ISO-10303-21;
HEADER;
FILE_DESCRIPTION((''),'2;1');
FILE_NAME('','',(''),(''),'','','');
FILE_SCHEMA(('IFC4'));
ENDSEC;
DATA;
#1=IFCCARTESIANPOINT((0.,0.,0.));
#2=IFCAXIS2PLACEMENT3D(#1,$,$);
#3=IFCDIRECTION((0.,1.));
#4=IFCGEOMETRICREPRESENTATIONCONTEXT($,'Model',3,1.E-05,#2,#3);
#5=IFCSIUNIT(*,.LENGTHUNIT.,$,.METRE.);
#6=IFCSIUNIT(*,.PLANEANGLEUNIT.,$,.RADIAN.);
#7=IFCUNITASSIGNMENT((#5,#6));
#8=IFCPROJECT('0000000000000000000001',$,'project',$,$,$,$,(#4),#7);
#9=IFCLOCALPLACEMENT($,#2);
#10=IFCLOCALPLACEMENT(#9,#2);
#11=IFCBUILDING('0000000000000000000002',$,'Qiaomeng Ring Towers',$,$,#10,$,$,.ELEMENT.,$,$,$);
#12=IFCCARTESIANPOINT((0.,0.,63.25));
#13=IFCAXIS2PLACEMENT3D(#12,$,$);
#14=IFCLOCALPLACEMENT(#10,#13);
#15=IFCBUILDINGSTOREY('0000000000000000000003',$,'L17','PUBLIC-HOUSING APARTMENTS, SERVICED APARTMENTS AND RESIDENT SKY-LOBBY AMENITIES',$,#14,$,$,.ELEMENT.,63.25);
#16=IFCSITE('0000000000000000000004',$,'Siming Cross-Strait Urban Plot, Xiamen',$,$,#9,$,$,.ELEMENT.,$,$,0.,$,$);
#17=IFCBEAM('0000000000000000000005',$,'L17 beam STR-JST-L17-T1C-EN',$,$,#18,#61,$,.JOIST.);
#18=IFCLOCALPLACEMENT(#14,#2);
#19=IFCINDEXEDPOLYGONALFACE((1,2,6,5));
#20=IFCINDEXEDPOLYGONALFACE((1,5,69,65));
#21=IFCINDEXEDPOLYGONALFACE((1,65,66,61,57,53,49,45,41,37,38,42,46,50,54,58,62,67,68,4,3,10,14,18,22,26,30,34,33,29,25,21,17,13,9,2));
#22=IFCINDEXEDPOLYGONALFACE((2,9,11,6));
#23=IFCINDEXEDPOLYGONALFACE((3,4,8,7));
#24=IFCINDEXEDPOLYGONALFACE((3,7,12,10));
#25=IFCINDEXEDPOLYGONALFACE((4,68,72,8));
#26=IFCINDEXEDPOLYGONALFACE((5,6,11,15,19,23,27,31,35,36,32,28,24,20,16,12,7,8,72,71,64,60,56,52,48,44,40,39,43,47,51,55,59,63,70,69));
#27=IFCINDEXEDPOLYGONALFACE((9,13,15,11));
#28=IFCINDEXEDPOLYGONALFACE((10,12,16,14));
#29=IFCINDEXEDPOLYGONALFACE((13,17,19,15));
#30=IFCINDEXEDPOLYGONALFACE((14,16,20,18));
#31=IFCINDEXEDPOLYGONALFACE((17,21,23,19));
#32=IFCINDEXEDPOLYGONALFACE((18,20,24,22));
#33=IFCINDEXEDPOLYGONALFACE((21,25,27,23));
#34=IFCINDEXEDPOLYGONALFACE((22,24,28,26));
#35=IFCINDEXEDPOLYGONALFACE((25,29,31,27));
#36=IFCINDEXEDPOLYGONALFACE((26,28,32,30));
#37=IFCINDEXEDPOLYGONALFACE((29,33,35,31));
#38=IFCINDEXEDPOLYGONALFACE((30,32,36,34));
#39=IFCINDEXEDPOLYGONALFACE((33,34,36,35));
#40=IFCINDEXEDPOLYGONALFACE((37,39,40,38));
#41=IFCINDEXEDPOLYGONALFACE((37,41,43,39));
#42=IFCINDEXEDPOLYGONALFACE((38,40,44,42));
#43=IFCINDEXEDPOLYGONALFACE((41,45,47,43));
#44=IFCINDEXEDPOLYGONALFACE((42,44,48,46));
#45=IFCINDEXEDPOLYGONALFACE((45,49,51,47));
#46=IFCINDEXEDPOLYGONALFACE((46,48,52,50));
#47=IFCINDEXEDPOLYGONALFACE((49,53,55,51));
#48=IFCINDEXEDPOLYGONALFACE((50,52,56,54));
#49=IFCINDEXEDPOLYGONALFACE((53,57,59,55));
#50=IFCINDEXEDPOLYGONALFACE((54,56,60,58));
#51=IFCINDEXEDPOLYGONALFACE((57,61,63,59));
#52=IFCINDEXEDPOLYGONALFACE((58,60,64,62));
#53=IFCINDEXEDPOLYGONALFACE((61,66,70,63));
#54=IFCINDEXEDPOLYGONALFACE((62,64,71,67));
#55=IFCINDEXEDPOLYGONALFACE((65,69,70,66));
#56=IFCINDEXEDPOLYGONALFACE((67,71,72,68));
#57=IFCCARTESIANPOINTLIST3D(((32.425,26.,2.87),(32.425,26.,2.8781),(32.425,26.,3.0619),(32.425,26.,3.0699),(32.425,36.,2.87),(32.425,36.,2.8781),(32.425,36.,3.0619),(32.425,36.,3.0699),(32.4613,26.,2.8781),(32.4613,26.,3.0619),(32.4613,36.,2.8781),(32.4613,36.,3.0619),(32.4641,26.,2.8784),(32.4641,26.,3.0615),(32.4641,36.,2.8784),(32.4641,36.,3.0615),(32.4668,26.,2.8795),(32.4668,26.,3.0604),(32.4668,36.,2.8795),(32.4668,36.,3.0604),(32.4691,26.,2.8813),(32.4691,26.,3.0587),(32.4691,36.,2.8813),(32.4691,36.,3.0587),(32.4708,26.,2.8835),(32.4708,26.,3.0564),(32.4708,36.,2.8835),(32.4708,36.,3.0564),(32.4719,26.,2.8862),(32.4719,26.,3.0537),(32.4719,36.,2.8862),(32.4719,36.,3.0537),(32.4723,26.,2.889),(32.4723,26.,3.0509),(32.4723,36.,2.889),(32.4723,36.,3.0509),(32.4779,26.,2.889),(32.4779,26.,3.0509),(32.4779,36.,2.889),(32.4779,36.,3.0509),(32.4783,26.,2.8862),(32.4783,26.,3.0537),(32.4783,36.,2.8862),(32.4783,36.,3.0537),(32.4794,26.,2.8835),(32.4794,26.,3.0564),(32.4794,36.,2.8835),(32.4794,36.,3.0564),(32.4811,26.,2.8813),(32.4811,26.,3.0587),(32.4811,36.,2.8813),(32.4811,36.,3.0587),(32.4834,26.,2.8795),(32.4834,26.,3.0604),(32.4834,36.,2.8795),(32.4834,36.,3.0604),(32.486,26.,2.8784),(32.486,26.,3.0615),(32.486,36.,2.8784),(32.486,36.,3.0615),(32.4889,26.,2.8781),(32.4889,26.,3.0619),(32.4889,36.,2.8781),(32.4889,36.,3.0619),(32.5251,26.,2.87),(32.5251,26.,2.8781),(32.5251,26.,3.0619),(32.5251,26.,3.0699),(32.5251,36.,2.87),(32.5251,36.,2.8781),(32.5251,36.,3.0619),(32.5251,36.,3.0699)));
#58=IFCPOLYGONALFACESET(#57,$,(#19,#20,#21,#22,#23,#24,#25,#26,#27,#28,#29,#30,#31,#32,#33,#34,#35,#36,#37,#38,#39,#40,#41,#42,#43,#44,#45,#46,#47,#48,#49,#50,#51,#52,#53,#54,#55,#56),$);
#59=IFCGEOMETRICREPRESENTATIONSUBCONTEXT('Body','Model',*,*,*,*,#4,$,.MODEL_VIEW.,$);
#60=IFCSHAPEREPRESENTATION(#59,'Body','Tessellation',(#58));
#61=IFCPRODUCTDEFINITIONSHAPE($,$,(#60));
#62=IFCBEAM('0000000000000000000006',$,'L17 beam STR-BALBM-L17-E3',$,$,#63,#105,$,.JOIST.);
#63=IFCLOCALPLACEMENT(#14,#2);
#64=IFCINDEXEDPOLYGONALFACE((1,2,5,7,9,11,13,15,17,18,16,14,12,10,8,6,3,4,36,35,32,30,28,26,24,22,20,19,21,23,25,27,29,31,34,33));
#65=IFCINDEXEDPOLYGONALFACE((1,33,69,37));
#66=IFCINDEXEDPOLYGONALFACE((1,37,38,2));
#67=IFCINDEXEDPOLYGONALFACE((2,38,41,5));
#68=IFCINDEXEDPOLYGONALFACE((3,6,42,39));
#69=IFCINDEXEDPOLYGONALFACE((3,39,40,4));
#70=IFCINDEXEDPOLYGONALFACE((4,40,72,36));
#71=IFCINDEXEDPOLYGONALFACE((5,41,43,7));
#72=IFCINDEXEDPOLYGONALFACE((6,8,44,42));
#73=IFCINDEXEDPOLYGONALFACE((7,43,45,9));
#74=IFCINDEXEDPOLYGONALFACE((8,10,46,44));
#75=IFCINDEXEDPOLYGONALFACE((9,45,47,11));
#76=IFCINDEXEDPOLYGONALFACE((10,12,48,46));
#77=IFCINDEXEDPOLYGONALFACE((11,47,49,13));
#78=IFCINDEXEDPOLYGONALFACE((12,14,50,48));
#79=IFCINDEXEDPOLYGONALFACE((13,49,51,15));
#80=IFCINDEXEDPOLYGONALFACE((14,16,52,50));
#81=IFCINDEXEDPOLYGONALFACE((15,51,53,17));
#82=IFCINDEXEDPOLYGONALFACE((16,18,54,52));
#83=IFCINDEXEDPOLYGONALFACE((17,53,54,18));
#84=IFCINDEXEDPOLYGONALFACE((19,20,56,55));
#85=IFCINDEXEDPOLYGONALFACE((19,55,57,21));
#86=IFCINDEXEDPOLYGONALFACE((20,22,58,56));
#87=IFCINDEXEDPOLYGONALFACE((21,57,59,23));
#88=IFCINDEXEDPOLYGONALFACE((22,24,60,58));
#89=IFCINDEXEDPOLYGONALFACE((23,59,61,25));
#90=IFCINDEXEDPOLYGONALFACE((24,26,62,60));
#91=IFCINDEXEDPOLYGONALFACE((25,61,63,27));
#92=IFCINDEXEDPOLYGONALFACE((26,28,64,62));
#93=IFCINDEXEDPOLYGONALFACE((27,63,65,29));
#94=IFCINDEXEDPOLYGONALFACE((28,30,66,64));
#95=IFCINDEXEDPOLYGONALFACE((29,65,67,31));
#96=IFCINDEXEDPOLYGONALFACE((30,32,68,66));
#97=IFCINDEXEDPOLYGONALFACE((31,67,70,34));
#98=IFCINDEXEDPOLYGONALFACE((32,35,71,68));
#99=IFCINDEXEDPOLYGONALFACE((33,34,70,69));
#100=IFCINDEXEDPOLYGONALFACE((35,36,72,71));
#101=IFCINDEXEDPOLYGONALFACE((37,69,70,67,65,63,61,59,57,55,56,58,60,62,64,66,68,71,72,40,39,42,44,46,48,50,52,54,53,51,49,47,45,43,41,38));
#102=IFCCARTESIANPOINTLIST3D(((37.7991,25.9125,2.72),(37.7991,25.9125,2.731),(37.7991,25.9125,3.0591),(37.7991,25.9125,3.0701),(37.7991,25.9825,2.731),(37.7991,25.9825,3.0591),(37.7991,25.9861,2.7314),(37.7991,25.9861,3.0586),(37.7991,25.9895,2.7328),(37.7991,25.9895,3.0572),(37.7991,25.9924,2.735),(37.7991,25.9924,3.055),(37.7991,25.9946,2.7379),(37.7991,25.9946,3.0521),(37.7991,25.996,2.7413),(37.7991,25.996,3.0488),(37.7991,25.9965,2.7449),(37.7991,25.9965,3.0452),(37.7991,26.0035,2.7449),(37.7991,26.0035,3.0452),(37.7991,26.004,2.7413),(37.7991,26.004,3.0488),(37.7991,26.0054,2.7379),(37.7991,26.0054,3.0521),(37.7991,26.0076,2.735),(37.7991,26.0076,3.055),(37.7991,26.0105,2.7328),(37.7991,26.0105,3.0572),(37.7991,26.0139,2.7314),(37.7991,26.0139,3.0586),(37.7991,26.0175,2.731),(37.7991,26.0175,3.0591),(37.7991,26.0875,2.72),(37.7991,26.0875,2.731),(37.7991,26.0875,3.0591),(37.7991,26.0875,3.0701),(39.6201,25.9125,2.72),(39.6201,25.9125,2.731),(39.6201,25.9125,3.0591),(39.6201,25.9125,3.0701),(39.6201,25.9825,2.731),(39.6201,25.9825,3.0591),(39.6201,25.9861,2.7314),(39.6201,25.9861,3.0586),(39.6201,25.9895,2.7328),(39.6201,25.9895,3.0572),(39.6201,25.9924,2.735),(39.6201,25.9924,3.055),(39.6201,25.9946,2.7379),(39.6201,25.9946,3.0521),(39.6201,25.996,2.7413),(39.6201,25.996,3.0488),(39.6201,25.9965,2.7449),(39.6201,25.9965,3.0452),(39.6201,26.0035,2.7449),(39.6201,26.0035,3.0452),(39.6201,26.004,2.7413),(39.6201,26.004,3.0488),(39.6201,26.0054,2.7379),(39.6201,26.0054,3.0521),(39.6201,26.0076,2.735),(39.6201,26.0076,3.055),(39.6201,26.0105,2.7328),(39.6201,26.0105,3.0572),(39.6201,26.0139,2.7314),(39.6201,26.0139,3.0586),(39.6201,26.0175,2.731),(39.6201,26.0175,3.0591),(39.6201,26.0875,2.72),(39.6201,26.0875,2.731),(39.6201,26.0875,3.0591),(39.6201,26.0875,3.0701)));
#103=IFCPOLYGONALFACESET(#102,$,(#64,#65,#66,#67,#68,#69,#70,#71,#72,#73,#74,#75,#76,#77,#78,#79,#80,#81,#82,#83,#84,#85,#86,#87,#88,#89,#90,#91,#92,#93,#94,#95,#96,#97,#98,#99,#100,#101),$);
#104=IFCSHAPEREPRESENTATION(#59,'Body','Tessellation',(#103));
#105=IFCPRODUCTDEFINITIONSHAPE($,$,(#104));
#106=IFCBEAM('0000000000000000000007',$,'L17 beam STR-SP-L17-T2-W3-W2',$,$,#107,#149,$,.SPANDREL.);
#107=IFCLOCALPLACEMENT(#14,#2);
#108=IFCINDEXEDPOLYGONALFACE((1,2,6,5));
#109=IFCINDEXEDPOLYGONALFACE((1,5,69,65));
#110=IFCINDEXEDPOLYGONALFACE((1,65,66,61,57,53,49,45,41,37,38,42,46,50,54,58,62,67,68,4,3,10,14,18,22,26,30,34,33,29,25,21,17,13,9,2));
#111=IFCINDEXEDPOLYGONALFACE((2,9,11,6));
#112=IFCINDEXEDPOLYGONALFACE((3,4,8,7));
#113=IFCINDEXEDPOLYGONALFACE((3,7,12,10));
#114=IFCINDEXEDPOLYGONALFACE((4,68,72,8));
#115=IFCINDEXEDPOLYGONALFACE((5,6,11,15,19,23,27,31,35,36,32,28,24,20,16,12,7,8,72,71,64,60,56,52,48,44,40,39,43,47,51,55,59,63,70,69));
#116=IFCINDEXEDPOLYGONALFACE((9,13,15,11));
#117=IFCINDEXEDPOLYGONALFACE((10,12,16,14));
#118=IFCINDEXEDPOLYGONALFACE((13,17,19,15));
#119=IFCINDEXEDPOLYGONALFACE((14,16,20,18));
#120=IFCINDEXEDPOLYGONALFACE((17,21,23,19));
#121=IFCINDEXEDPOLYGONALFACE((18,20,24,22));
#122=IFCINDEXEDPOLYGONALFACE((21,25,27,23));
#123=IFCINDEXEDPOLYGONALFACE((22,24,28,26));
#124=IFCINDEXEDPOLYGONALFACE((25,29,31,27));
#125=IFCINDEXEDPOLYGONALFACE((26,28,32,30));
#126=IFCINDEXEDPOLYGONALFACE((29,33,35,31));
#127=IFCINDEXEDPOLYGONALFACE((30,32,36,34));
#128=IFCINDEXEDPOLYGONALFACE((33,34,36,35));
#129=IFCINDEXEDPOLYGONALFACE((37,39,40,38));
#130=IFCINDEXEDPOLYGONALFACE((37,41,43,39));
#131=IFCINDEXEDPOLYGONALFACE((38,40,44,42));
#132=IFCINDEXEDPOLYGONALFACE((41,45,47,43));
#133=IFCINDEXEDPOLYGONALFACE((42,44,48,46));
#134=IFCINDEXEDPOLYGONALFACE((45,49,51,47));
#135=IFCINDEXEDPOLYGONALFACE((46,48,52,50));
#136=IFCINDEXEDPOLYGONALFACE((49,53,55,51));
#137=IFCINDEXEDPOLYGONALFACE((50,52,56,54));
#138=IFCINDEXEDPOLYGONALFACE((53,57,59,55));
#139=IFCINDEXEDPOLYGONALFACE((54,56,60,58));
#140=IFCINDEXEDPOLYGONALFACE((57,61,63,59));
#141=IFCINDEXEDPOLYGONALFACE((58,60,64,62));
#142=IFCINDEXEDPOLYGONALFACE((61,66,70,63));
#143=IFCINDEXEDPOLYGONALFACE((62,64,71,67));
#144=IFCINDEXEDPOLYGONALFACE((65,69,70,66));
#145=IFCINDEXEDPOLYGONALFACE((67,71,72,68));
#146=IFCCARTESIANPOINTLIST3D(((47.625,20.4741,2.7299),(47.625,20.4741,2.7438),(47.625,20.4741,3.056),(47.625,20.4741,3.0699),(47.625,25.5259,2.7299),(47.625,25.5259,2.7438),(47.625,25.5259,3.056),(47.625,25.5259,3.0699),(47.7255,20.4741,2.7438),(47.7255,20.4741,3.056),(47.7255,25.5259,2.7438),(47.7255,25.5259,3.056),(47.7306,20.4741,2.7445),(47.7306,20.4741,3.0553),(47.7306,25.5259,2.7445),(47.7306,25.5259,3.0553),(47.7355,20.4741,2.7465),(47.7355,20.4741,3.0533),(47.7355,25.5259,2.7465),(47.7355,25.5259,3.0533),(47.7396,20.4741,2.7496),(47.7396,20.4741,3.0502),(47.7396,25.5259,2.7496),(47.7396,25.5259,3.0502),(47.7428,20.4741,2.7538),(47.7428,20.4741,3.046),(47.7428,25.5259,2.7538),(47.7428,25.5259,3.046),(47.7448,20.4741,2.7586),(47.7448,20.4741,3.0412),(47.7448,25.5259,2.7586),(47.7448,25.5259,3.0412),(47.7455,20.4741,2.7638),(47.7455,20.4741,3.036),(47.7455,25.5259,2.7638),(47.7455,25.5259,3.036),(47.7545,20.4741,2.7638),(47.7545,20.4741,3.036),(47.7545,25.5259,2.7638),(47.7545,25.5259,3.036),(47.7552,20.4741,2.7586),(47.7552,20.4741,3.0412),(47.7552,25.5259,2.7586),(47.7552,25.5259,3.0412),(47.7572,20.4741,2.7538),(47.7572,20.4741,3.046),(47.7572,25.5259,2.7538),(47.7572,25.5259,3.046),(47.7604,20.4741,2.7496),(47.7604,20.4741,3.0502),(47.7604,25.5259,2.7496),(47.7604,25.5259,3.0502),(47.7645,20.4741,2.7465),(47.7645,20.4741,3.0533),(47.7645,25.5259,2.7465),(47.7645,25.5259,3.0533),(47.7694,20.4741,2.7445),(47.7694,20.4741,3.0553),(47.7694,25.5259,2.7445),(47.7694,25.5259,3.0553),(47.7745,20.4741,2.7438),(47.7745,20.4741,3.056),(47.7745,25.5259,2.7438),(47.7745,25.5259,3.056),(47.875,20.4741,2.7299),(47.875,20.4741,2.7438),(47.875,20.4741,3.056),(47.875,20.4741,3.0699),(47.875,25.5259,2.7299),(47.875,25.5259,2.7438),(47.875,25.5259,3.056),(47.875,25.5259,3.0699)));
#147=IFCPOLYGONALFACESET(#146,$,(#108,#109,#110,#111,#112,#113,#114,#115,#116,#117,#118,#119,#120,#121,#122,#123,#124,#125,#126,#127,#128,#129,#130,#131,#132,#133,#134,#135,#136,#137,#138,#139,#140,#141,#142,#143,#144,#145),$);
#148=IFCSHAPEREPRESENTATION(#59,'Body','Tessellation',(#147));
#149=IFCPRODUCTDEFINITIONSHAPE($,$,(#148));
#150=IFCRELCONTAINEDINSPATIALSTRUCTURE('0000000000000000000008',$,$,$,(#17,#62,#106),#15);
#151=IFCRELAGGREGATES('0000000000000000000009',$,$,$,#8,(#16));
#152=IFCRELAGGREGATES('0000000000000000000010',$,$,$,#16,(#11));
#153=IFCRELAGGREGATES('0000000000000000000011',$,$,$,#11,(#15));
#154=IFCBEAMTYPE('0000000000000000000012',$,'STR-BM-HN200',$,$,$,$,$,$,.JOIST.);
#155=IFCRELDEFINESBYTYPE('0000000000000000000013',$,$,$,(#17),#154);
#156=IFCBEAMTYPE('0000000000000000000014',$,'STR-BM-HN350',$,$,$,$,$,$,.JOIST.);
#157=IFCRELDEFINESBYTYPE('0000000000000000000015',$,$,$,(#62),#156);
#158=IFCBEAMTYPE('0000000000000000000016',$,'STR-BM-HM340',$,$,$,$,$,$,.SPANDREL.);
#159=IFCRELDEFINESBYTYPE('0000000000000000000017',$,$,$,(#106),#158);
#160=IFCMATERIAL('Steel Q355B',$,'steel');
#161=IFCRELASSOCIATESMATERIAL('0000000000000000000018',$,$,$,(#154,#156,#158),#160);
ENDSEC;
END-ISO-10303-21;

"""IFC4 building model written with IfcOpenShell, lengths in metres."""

from ifc_helpers import new_model, si_unit, direction, frame, origin, origin_2d, place, context, subcontext, project, spatial, i_section, extrude, source, transform, mapped, material, material_profile, profile_set, type_object, element, save


model = new_model("IFC4")

# Units and contexts
model_context = context("Model", 3, precision=1e-05, world=origin(), true_north=direction((0.0, 1.0)))
body_context = subcontext(model_context, "Body", "Model", "MODEL_VIEW")
ifc_project = project(units=[si_unit("LENGTHUNIT", "METRE"), si_unit("PLANEANGLEUNIT", "RADIAN")], contexts=[model_context])

# Site, building, storey
site_placement = place(None, origin())
site = spatial("IfcSite", under=ifc_project, at=site_placement, Name="Siming Cross-Strait Urban Plot, Xiamen", CompositionType="ELEMENT", RefElevation=0.0)
building_placement = place(site_placement, origin())
building = spatial("IfcBuilding", under=site, at=building_placement, Name="Qiaomeng Ring Towers", CompositionType="ELEMENT")
storey_placement = place(building_placement, frame((0.0, 0.0, 63.25)))
storey = spatial("IfcBuildingStorey", under=building, at=storey_placement, Name="L17", Description="PUBLIC-HOUSING APARTMENTS, SERVICED APARTMENTS AND RESIDENT SKY-LOBBY AMENITIES", CompositionType="ELEMENT", Elevation=63.25)

# Beams
ifc_material_1 = material(Name="Steel Q355B", Category="steel")
ifc_material_profile_1 = material_profile(ifc_material_1, i_section(OverallWidth=0.1001, OverallDepth=0.2, WebThickness=0.0056, FlangeThickness=0.0081, FilletRadius=0.011, at=origin_2d()), Name="HN 200x100x5.5x8")
ifc_profile_set_1 = profile_set([ifc_material_profile_1], Name="Steel Q355B")
beam_type_1 = type_object("IfcBeamType", Name="STR-BM-HN200", PredefinedType="JOIST", material=ifc_profile_set_1)
shared_shape_1 = source(origin(), body_context, "Body", "SweptSolid", [
    extrude(i_section(OverallWidth=0.1001, OverallDepth=0.2, WebThickness=0.0056, FlangeThickness=0.0081, FilletRadius=0.011, at=origin_2d()), origin(), (0.0, 0.0, 1.0), 10.0),
])
beam_1_placement = place(storey_placement, frame((32.4751, 26.0, 2.97), z_axis=(0.0, 1.0, 0.0), x_axis=(-1.0, 0.0, 0.0)))
element("IfcBeam", 1, at=beam_1_placement, inside=storey, type_object=beam_type_1, Name="L17 beam STR-JST-L17-T1C-EN", PredefinedType="JOIST", context=body_context, shape_type="MappedRepresentation", body=[
    mapped(shared_shape_1, transform((0.0, 0.0, 0.0), x_axis=(1.0, 0.0, 0.0), y_axis=(0.0, 1.0, 0.0), z_axis=(0.0, 0.0, 1.0), scale=1.0)),
])
ifc_material_profile_2 = material_profile(ifc_material_1, i_section(OverallWidth=0.175, OverallDepth=0.3501, WebThickness=0.0071, FlangeThickness=0.011, FilletRadius=0.0139, at=origin_2d()), Name="HN 350x175x7x11")
ifc_profile_set_2 = profile_set([ifc_material_profile_2], Name="Steel Q355B")
beam_type_2 = type_object("IfcBeamType", Name="STR-BM-HN350", PredefinedType="JOIST", material=ifc_profile_set_2)
shared_shape_2 = source(origin(), body_context, "Body", "SweptSolid", [
    extrude(i_section(OverallWidth=0.175, OverallDepth=0.3501, WebThickness=0.0071, FlangeThickness=0.011, FilletRadius=0.0139, at=origin_2d()), origin(), (0.0, 0.0, 1.0), 1.821),
])
beam_2_placement = place(storey_placement, frame((37.7991, 26.0, 2.895), z_axis=(1.0, 0.0, 0.0), x_axis=(0.0, 1.0, 0.0)))
element("IfcBeam", 2, at=beam_2_placement, inside=storey, type_object=beam_type_2, Name="L17 beam STR-BALBM-L17-E3", PredefinedType="JOIST", context=body_context, shape_type="MappedRepresentation", body=[
    mapped(shared_shape_2, transform((0.0, 0.0, 0.0), x_axis=(1.0, 0.0, 0.0), y_axis=(0.0, 1.0, 0.0), z_axis=(0.0, 0.0, 1.0), scale=1.0)),
])
ifc_material_profile_3 = material_profile(ifc_material_1, i_section(OverallWidth=0.25, OverallDepth=0.3401, WebThickness=0.009, FlangeThickness=0.0139, FilletRadius=0.02, at=origin_2d()), Name="HM 340x250x9x14")
ifc_profile_set_3 = profile_set([ifc_material_profile_3], Name="Steel Q355B")
beam_type_3 = type_object("IfcBeamType", Name="STR-BM-HM340", PredefinedType="SPANDREL", material=ifc_profile_set_3)
shared_shape_3 = source(origin(), body_context, "Body", "SweptSolid", [
    extrude(i_section(OverallWidth=0.25, OverallDepth=0.3401, WebThickness=0.009, FlangeThickness=0.0139, FilletRadius=0.02, at=origin_2d()), origin(), (0.0, 0.0, 1.0), 5.0518),
])
beam_3_placement = place(storey_placement, frame((47.75, 25.5259, 2.8999), z_axis=(0.0, -1.0, 0.0), x_axis=(1.0, 0.0, 0.0)))
element("IfcBeam", 3, at=beam_3_placement, inside=storey, type_object=beam_type_3, Name="L17 beam STR-SP-L17-T2-W3-W2", PredefinedType="SPANDREL", context=body_context, shape_type="MappedRepresentation", body=[
    mapped(shared_shape_3, transform((0.0, 0.0, 0.0), x_axis=(1.0, 0.0, 0.0), y_axis=(0.0, 1.0, 0.0), z_axis=(0.0, 0.0, 1.0), scale=1.0)),
])

save(model, "model.ifc")
